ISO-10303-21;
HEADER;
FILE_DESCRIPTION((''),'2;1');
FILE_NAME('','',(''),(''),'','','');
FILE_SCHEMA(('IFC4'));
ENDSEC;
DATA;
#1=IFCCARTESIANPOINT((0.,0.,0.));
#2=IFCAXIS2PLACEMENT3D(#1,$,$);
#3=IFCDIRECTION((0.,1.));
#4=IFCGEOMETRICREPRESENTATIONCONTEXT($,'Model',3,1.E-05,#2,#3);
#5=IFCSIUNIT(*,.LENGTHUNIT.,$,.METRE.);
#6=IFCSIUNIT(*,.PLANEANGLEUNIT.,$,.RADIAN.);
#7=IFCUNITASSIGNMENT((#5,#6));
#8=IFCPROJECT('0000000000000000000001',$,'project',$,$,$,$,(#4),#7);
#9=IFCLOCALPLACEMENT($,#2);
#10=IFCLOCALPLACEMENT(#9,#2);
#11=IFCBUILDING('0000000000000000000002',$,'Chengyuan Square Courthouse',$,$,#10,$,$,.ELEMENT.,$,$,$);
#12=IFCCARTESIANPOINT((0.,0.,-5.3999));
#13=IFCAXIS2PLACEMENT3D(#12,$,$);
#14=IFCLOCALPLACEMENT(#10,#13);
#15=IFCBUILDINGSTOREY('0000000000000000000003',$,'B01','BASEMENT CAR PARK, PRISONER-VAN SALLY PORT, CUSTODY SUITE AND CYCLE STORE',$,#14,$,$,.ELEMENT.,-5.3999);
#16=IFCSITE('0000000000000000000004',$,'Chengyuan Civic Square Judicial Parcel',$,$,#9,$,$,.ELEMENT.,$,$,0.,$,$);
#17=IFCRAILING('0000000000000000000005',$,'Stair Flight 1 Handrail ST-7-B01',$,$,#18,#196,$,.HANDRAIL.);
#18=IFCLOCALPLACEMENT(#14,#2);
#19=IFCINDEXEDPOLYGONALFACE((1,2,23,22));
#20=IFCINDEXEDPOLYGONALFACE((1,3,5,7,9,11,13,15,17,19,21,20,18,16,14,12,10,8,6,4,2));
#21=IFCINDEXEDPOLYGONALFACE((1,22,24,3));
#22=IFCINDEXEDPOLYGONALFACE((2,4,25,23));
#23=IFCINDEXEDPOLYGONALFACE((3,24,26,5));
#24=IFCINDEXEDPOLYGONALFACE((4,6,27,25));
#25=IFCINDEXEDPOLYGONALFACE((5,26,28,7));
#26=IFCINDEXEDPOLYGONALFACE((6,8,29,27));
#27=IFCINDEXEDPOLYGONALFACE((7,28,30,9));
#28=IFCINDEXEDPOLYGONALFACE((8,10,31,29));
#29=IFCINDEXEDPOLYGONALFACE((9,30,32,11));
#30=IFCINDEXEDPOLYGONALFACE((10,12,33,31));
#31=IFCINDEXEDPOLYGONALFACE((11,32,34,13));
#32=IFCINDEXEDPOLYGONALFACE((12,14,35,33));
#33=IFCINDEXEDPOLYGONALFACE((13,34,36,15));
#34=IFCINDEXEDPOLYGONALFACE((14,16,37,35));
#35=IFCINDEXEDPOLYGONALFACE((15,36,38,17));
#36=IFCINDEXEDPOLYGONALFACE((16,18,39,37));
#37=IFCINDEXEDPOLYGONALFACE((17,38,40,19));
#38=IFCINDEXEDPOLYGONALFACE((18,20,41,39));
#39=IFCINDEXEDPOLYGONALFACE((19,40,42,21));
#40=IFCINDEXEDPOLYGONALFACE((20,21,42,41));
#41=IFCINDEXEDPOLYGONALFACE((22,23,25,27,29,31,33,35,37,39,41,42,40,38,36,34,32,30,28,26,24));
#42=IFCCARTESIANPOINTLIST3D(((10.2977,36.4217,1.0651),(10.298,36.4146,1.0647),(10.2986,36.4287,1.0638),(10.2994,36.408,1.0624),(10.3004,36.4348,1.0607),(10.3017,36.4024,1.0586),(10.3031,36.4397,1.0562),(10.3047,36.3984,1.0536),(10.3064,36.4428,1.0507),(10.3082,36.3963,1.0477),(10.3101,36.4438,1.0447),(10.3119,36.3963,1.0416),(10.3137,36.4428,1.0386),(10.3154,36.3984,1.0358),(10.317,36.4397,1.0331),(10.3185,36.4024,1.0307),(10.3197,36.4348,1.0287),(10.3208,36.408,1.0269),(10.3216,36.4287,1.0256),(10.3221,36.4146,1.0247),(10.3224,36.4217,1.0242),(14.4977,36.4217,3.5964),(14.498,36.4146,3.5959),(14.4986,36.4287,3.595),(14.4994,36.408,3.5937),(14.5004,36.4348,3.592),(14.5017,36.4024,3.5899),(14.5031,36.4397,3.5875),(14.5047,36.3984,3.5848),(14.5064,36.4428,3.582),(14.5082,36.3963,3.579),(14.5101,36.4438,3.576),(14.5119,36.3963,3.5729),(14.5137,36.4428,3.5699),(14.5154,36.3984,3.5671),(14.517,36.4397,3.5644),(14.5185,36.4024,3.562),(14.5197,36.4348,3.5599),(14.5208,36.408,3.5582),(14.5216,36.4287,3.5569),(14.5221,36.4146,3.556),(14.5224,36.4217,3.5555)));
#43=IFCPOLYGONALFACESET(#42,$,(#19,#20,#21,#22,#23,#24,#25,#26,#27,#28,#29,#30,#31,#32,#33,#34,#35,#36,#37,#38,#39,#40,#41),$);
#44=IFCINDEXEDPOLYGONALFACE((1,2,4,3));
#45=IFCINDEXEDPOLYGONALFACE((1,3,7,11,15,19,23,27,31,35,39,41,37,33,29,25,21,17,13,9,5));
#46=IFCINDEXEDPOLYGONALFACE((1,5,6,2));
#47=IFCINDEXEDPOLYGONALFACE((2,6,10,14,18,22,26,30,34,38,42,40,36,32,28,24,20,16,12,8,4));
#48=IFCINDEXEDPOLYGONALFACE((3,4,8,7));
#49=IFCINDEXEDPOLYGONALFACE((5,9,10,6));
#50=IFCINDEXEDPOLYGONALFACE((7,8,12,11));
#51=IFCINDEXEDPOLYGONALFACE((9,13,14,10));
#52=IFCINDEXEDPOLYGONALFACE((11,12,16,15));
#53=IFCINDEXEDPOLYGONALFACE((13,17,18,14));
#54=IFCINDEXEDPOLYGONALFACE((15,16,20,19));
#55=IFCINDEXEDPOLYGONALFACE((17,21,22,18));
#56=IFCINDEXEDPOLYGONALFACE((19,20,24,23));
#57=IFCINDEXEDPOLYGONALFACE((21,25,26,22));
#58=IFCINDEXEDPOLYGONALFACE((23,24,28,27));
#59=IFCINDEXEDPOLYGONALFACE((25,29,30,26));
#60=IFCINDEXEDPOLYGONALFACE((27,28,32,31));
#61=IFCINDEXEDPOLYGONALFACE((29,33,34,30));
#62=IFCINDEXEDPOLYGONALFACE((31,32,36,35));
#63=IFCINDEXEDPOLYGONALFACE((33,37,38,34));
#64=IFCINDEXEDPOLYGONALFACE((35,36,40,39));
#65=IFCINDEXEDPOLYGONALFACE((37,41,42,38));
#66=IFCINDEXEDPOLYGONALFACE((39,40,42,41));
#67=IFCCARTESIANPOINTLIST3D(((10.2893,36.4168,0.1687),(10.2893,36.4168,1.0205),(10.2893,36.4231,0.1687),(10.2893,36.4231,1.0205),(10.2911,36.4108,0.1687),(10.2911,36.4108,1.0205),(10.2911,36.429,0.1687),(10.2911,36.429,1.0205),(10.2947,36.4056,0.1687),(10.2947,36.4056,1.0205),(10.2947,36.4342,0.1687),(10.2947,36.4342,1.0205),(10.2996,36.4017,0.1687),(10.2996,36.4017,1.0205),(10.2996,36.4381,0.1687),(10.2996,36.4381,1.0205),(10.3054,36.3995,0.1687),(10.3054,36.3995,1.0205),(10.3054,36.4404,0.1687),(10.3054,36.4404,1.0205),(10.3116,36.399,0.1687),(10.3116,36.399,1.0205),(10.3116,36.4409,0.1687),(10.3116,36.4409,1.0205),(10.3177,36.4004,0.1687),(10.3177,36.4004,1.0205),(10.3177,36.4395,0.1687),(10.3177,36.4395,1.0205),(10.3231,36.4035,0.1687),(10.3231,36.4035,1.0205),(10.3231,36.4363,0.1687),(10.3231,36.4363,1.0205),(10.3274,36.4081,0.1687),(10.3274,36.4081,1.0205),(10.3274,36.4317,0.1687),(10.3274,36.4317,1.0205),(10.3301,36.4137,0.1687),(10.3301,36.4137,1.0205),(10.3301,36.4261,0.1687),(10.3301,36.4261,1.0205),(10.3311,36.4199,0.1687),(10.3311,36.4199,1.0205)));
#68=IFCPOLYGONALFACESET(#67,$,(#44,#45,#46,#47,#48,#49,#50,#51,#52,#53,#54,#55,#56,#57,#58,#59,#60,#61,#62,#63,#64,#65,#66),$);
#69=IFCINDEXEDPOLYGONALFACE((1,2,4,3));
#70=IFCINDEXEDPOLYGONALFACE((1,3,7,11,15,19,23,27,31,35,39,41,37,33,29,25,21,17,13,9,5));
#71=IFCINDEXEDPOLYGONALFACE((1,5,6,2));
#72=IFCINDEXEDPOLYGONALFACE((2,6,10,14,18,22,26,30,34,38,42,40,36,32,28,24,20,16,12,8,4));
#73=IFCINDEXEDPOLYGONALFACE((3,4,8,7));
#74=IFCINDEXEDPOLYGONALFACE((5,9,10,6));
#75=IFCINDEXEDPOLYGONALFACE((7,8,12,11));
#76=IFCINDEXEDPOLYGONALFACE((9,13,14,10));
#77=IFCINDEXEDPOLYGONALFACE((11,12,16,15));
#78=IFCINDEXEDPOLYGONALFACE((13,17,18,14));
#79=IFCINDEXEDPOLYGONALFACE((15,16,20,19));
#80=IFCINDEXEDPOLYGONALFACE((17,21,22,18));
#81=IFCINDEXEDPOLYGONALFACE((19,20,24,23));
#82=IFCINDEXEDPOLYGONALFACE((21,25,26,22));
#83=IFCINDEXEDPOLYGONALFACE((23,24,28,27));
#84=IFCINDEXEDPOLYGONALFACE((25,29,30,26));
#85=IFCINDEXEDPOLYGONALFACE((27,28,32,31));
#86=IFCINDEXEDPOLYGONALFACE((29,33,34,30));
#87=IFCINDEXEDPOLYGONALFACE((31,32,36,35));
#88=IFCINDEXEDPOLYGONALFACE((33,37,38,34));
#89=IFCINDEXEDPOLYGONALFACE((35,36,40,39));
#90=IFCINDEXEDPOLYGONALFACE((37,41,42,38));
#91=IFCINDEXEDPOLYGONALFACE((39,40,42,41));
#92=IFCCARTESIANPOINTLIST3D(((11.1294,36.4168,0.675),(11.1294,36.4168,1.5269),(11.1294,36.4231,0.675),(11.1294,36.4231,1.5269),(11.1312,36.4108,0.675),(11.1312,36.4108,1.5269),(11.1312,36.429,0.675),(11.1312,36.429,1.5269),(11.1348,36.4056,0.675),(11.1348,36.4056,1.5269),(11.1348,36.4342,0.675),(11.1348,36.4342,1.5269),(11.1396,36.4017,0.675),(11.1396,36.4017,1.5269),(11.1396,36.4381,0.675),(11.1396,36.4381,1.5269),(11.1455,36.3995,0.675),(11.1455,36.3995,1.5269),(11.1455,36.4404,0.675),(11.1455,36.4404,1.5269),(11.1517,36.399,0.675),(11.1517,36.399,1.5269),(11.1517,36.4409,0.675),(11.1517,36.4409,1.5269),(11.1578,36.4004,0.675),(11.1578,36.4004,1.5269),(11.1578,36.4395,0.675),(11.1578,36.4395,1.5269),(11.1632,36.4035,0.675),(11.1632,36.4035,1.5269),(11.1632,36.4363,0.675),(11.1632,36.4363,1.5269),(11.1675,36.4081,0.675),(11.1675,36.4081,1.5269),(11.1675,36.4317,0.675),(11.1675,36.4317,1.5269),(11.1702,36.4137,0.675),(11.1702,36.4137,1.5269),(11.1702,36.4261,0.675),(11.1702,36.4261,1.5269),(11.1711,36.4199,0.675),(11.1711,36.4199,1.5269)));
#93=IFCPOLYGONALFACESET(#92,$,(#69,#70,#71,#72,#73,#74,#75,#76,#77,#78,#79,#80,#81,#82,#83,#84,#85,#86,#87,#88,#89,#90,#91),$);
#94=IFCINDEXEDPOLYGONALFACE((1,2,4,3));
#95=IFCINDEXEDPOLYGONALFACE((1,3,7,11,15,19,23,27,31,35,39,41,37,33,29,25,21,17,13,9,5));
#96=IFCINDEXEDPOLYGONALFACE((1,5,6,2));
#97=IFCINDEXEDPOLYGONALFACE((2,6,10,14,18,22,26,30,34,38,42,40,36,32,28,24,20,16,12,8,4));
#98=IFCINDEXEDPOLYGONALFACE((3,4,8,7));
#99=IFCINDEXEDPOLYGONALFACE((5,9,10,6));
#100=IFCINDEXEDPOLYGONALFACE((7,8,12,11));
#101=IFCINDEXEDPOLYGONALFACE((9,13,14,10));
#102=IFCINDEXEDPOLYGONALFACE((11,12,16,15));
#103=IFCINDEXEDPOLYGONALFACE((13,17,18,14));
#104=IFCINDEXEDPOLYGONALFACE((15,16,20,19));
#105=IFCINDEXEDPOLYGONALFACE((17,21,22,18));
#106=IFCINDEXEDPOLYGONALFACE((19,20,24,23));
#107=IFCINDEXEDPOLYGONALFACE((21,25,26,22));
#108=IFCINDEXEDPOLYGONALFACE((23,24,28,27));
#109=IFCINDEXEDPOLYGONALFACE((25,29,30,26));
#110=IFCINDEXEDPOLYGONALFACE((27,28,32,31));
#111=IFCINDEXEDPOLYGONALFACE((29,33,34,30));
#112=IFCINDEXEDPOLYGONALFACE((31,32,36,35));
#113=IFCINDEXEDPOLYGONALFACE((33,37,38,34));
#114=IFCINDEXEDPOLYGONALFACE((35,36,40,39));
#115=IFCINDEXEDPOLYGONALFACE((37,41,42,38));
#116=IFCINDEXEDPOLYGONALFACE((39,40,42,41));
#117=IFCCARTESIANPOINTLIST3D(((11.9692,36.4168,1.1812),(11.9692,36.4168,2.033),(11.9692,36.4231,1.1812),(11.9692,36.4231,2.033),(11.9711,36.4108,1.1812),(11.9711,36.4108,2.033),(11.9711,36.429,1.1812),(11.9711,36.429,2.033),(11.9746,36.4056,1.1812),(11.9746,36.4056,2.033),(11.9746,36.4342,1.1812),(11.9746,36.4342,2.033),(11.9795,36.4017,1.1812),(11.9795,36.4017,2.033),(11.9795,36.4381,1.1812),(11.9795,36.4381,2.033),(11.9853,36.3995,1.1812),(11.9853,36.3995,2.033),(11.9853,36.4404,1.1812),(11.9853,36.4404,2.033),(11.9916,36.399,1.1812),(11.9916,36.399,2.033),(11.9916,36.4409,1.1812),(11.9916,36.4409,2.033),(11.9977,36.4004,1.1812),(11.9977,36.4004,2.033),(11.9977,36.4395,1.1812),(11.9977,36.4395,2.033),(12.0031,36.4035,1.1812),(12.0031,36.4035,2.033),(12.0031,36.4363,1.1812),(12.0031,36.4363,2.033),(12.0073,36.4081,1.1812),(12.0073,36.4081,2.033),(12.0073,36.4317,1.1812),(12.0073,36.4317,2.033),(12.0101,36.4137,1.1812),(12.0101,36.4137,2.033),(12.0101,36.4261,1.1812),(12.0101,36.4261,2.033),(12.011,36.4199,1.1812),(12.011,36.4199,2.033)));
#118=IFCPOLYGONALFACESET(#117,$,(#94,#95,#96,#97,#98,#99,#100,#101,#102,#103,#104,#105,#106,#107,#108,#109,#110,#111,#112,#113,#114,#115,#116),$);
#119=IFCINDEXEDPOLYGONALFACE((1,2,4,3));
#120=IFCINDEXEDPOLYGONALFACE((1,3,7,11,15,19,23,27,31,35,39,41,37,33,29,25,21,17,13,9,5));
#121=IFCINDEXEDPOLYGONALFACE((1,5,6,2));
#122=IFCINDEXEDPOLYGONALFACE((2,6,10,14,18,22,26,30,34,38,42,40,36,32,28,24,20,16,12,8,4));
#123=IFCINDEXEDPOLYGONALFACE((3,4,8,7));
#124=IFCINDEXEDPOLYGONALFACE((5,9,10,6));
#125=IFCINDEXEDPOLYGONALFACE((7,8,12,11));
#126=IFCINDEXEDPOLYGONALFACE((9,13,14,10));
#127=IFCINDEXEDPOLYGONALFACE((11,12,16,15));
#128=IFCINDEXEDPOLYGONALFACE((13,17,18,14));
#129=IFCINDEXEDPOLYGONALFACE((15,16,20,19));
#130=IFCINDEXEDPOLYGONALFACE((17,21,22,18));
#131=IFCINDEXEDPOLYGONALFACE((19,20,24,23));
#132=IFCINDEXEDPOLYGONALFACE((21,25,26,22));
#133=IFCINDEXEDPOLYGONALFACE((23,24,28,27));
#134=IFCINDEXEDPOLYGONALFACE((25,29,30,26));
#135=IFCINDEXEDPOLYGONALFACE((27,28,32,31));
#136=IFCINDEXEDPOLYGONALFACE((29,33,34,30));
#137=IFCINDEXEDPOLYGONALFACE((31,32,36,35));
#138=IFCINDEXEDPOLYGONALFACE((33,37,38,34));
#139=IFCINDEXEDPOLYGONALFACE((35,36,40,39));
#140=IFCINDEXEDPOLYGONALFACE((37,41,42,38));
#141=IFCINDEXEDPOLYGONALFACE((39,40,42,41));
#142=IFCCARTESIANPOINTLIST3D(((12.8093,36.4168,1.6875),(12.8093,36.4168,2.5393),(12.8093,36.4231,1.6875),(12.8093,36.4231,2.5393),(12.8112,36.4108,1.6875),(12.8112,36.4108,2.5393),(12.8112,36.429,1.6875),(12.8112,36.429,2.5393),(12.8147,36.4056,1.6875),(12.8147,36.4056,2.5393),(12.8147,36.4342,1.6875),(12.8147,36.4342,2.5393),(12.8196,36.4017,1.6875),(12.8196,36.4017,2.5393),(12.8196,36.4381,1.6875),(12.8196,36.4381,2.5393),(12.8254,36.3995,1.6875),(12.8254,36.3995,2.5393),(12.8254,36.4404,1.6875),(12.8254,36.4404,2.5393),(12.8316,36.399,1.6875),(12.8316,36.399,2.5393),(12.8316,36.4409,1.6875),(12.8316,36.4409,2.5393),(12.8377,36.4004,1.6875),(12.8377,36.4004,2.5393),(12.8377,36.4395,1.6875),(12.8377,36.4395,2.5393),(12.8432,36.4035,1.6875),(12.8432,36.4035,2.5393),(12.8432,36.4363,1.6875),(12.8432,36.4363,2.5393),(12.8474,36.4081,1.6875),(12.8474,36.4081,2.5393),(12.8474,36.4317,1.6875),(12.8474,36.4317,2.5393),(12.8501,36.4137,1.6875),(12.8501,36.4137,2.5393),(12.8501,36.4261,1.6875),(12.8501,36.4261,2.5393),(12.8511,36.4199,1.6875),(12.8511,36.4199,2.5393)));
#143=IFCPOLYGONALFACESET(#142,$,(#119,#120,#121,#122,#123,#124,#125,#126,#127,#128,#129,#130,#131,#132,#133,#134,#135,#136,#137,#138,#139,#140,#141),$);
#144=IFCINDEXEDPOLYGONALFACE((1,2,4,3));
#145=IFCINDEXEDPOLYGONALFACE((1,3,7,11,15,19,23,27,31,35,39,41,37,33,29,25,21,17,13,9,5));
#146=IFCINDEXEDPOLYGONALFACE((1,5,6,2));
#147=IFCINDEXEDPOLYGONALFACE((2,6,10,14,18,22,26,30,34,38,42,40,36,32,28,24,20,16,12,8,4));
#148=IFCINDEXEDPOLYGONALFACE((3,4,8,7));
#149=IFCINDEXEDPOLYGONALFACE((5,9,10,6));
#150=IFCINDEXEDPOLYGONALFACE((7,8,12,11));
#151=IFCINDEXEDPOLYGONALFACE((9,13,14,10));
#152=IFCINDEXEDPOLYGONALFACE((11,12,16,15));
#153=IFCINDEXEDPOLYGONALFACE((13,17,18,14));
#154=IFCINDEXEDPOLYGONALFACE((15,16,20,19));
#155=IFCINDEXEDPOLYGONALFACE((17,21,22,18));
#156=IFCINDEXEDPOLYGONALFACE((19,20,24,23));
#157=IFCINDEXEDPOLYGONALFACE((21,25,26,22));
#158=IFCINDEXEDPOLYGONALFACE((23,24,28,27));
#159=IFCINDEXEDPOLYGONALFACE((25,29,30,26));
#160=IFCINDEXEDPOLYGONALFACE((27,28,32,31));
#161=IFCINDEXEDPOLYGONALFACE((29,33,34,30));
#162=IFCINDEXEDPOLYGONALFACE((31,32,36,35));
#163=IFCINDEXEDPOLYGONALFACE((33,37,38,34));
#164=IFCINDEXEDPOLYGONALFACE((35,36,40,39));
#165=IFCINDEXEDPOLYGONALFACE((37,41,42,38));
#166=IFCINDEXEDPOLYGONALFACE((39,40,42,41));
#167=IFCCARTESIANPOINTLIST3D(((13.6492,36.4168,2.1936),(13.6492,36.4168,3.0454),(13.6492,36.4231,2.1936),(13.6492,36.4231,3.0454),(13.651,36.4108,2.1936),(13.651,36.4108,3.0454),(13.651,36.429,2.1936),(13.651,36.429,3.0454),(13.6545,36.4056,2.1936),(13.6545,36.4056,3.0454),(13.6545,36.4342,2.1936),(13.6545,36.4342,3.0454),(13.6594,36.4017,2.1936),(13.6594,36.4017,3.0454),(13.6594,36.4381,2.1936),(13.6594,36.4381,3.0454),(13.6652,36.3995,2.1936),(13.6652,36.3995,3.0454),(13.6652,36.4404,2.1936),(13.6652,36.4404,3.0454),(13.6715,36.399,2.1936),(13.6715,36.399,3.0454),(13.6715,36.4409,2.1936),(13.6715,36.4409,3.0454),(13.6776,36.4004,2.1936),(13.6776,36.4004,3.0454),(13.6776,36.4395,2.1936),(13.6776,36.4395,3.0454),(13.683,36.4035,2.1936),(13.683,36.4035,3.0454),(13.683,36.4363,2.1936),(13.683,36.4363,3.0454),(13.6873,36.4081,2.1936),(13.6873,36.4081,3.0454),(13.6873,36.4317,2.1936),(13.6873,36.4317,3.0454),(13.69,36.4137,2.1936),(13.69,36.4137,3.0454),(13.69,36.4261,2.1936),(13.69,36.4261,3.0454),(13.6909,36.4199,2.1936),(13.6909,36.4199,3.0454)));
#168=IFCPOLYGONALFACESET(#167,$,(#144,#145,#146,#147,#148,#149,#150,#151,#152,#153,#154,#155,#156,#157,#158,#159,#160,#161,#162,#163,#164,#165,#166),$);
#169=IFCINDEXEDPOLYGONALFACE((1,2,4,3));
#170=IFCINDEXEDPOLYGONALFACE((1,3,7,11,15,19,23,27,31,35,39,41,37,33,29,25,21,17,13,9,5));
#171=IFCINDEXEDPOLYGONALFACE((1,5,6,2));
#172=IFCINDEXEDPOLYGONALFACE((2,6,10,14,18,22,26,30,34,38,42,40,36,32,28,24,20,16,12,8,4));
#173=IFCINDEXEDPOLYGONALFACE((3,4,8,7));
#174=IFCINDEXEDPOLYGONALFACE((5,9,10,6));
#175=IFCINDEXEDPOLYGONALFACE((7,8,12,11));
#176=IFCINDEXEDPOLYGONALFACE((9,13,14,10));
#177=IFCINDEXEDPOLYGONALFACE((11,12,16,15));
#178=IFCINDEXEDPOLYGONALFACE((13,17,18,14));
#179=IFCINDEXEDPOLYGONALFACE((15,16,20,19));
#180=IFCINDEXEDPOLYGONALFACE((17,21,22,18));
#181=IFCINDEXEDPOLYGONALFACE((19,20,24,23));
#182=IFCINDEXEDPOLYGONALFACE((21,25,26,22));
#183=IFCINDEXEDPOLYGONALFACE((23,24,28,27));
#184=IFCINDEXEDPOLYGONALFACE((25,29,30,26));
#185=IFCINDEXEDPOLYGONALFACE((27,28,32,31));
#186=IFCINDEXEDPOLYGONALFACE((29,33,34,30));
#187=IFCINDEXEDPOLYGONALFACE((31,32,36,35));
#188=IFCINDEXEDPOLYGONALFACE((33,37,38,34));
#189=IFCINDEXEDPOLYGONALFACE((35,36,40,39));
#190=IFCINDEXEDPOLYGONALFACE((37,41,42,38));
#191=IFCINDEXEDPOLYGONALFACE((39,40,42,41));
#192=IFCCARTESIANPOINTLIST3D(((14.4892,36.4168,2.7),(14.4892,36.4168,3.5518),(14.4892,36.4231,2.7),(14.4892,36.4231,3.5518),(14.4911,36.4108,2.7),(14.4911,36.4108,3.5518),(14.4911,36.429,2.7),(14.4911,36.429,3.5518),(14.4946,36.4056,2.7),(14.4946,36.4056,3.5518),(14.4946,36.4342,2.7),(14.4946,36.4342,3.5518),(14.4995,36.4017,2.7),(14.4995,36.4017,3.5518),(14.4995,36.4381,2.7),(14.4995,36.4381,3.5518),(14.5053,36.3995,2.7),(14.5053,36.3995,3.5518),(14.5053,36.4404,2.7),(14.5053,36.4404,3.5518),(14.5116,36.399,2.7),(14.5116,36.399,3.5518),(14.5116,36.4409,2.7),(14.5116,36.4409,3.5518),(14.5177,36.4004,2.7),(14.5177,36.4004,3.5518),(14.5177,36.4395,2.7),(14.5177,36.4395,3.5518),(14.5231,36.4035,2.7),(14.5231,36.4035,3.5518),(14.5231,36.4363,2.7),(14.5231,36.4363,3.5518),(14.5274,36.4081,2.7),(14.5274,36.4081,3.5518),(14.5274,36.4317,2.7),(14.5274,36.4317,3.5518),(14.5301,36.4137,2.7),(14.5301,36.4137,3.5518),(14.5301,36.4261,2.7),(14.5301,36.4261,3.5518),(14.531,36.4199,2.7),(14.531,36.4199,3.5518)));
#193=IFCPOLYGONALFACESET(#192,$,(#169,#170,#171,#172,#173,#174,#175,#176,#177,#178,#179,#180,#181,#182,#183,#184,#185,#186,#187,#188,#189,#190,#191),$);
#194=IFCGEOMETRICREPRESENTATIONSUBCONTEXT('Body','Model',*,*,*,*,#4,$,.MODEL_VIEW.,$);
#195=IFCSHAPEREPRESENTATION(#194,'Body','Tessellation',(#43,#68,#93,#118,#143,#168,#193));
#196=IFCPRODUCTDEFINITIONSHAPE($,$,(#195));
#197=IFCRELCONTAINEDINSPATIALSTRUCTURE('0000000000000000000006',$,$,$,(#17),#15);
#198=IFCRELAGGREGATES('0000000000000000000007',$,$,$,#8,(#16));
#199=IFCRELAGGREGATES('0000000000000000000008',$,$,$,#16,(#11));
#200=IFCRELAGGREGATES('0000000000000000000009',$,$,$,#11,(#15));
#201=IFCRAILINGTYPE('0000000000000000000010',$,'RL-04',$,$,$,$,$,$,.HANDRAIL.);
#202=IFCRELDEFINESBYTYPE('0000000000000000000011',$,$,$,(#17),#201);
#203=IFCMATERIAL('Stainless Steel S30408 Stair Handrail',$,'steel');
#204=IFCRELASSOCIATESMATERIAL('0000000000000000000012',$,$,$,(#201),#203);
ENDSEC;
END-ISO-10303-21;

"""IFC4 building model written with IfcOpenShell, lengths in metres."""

from ifc_helpers import new_model, si_unit, direction, frame, origin, origin_2d, place, context, subcontext, project, spatial, circle, extrude, material, type_object, element, save


model = new_model("IFC4")

# Units and contexts
model_context = context("Model", 3, precision=1e-05, world=origin(), true_north=direction((0.0, 1.0)))
body_context = subcontext(model_context, "Body", "Model", "MODEL_VIEW")
ifc_project = project(units=[si_unit("LENGTHUNIT", "METRE"), si_unit("PLANEANGLEUNIT", "RADIAN")], contexts=[model_context])

# Site, building, storey
site_placement = place(None, origin())
site = spatial("IfcSite", under=ifc_project, at=site_placement, Name="Chengyuan Civic Square Judicial Parcel", CompositionType="ELEMENT", RefElevation=0.0)
building_placement = place(site_placement, origin())
building = spatial("IfcBuilding", under=site, at=building_placement, Name="Chengyuan Square Courthouse", CompositionType="ELEMENT")
storey_placement = place(building_placement, frame((0.0, 0.0, -5.3999)))
storey = spatial("IfcBuildingStorey", under=building, at=storey_placement, Name="B01", Description="BASEMENT CAR PARK, PRISONER-VAN SALLY PORT, CUSTODY SUITE AND CYCLE STORE", CompositionType="ELEMENT", Elevation=-5.3999)

# Railing
ifc_material_1 = material(Name="Stainless Steel S30408 Stair Handrail", Category="steel")
railing_type = type_object("IfcRailingType", Name="RL-04", PredefinedType="HANDRAIL", material=ifc_material_1)
railing_placement = place(storey_placement, frame((10.3101, 36.4199, 0.1687)))
element("IfcRailing", 1, at=railing_placement, inside=storey, type_object=railing_type, Name="Stair Flight 1 Handrail ST-7-B01", PredefinedType="HANDRAIL", context=body_context, shape_type="SweptSolid", body=[
    extrude(circle(Radius=0.0239, at=origin_2d()), frame((0.0, 0.0, 0.876), z_axis=(0.856476, 0.0, 0.516186), x_axis=(0.0, 1.0, 0.0)), (0.0, 0.0, 1.0), 4.9038),
    extrude(circle(Radius=0.021, at=origin_2d()), origin(), (0.0, 0.0, 1.0), 0.8518),
    extrude(circle(Radius=0.021, at=origin_2d()), frame((0.8401, 0.0, 0.5063)), (0.0, 0.0, 1.0), 0.8518),
    extrude(circle(Radius=0.021, at=origin_2d()), frame((1.6799, 0.0, 1.0125)), (0.0, 0.0, 1.0), 0.8518),
    extrude(circle(Radius=0.021, at=origin_2d()), frame((2.52, 0.0, 1.5188)), (0.0, 0.0, 1.0), 0.8518),
    extrude(circle(Radius=0.021, at=origin_2d()), frame((3.3599, 0.0, 2.0249)), (0.0, 0.0, 1.0), 0.8518),
    extrude(circle(Radius=0.021, at=origin_2d()), frame((4.2, 0.0, 2.5312)), (0.0, 0.0, 1.0), 0.8518),
])

save(model, "model.ifc")
